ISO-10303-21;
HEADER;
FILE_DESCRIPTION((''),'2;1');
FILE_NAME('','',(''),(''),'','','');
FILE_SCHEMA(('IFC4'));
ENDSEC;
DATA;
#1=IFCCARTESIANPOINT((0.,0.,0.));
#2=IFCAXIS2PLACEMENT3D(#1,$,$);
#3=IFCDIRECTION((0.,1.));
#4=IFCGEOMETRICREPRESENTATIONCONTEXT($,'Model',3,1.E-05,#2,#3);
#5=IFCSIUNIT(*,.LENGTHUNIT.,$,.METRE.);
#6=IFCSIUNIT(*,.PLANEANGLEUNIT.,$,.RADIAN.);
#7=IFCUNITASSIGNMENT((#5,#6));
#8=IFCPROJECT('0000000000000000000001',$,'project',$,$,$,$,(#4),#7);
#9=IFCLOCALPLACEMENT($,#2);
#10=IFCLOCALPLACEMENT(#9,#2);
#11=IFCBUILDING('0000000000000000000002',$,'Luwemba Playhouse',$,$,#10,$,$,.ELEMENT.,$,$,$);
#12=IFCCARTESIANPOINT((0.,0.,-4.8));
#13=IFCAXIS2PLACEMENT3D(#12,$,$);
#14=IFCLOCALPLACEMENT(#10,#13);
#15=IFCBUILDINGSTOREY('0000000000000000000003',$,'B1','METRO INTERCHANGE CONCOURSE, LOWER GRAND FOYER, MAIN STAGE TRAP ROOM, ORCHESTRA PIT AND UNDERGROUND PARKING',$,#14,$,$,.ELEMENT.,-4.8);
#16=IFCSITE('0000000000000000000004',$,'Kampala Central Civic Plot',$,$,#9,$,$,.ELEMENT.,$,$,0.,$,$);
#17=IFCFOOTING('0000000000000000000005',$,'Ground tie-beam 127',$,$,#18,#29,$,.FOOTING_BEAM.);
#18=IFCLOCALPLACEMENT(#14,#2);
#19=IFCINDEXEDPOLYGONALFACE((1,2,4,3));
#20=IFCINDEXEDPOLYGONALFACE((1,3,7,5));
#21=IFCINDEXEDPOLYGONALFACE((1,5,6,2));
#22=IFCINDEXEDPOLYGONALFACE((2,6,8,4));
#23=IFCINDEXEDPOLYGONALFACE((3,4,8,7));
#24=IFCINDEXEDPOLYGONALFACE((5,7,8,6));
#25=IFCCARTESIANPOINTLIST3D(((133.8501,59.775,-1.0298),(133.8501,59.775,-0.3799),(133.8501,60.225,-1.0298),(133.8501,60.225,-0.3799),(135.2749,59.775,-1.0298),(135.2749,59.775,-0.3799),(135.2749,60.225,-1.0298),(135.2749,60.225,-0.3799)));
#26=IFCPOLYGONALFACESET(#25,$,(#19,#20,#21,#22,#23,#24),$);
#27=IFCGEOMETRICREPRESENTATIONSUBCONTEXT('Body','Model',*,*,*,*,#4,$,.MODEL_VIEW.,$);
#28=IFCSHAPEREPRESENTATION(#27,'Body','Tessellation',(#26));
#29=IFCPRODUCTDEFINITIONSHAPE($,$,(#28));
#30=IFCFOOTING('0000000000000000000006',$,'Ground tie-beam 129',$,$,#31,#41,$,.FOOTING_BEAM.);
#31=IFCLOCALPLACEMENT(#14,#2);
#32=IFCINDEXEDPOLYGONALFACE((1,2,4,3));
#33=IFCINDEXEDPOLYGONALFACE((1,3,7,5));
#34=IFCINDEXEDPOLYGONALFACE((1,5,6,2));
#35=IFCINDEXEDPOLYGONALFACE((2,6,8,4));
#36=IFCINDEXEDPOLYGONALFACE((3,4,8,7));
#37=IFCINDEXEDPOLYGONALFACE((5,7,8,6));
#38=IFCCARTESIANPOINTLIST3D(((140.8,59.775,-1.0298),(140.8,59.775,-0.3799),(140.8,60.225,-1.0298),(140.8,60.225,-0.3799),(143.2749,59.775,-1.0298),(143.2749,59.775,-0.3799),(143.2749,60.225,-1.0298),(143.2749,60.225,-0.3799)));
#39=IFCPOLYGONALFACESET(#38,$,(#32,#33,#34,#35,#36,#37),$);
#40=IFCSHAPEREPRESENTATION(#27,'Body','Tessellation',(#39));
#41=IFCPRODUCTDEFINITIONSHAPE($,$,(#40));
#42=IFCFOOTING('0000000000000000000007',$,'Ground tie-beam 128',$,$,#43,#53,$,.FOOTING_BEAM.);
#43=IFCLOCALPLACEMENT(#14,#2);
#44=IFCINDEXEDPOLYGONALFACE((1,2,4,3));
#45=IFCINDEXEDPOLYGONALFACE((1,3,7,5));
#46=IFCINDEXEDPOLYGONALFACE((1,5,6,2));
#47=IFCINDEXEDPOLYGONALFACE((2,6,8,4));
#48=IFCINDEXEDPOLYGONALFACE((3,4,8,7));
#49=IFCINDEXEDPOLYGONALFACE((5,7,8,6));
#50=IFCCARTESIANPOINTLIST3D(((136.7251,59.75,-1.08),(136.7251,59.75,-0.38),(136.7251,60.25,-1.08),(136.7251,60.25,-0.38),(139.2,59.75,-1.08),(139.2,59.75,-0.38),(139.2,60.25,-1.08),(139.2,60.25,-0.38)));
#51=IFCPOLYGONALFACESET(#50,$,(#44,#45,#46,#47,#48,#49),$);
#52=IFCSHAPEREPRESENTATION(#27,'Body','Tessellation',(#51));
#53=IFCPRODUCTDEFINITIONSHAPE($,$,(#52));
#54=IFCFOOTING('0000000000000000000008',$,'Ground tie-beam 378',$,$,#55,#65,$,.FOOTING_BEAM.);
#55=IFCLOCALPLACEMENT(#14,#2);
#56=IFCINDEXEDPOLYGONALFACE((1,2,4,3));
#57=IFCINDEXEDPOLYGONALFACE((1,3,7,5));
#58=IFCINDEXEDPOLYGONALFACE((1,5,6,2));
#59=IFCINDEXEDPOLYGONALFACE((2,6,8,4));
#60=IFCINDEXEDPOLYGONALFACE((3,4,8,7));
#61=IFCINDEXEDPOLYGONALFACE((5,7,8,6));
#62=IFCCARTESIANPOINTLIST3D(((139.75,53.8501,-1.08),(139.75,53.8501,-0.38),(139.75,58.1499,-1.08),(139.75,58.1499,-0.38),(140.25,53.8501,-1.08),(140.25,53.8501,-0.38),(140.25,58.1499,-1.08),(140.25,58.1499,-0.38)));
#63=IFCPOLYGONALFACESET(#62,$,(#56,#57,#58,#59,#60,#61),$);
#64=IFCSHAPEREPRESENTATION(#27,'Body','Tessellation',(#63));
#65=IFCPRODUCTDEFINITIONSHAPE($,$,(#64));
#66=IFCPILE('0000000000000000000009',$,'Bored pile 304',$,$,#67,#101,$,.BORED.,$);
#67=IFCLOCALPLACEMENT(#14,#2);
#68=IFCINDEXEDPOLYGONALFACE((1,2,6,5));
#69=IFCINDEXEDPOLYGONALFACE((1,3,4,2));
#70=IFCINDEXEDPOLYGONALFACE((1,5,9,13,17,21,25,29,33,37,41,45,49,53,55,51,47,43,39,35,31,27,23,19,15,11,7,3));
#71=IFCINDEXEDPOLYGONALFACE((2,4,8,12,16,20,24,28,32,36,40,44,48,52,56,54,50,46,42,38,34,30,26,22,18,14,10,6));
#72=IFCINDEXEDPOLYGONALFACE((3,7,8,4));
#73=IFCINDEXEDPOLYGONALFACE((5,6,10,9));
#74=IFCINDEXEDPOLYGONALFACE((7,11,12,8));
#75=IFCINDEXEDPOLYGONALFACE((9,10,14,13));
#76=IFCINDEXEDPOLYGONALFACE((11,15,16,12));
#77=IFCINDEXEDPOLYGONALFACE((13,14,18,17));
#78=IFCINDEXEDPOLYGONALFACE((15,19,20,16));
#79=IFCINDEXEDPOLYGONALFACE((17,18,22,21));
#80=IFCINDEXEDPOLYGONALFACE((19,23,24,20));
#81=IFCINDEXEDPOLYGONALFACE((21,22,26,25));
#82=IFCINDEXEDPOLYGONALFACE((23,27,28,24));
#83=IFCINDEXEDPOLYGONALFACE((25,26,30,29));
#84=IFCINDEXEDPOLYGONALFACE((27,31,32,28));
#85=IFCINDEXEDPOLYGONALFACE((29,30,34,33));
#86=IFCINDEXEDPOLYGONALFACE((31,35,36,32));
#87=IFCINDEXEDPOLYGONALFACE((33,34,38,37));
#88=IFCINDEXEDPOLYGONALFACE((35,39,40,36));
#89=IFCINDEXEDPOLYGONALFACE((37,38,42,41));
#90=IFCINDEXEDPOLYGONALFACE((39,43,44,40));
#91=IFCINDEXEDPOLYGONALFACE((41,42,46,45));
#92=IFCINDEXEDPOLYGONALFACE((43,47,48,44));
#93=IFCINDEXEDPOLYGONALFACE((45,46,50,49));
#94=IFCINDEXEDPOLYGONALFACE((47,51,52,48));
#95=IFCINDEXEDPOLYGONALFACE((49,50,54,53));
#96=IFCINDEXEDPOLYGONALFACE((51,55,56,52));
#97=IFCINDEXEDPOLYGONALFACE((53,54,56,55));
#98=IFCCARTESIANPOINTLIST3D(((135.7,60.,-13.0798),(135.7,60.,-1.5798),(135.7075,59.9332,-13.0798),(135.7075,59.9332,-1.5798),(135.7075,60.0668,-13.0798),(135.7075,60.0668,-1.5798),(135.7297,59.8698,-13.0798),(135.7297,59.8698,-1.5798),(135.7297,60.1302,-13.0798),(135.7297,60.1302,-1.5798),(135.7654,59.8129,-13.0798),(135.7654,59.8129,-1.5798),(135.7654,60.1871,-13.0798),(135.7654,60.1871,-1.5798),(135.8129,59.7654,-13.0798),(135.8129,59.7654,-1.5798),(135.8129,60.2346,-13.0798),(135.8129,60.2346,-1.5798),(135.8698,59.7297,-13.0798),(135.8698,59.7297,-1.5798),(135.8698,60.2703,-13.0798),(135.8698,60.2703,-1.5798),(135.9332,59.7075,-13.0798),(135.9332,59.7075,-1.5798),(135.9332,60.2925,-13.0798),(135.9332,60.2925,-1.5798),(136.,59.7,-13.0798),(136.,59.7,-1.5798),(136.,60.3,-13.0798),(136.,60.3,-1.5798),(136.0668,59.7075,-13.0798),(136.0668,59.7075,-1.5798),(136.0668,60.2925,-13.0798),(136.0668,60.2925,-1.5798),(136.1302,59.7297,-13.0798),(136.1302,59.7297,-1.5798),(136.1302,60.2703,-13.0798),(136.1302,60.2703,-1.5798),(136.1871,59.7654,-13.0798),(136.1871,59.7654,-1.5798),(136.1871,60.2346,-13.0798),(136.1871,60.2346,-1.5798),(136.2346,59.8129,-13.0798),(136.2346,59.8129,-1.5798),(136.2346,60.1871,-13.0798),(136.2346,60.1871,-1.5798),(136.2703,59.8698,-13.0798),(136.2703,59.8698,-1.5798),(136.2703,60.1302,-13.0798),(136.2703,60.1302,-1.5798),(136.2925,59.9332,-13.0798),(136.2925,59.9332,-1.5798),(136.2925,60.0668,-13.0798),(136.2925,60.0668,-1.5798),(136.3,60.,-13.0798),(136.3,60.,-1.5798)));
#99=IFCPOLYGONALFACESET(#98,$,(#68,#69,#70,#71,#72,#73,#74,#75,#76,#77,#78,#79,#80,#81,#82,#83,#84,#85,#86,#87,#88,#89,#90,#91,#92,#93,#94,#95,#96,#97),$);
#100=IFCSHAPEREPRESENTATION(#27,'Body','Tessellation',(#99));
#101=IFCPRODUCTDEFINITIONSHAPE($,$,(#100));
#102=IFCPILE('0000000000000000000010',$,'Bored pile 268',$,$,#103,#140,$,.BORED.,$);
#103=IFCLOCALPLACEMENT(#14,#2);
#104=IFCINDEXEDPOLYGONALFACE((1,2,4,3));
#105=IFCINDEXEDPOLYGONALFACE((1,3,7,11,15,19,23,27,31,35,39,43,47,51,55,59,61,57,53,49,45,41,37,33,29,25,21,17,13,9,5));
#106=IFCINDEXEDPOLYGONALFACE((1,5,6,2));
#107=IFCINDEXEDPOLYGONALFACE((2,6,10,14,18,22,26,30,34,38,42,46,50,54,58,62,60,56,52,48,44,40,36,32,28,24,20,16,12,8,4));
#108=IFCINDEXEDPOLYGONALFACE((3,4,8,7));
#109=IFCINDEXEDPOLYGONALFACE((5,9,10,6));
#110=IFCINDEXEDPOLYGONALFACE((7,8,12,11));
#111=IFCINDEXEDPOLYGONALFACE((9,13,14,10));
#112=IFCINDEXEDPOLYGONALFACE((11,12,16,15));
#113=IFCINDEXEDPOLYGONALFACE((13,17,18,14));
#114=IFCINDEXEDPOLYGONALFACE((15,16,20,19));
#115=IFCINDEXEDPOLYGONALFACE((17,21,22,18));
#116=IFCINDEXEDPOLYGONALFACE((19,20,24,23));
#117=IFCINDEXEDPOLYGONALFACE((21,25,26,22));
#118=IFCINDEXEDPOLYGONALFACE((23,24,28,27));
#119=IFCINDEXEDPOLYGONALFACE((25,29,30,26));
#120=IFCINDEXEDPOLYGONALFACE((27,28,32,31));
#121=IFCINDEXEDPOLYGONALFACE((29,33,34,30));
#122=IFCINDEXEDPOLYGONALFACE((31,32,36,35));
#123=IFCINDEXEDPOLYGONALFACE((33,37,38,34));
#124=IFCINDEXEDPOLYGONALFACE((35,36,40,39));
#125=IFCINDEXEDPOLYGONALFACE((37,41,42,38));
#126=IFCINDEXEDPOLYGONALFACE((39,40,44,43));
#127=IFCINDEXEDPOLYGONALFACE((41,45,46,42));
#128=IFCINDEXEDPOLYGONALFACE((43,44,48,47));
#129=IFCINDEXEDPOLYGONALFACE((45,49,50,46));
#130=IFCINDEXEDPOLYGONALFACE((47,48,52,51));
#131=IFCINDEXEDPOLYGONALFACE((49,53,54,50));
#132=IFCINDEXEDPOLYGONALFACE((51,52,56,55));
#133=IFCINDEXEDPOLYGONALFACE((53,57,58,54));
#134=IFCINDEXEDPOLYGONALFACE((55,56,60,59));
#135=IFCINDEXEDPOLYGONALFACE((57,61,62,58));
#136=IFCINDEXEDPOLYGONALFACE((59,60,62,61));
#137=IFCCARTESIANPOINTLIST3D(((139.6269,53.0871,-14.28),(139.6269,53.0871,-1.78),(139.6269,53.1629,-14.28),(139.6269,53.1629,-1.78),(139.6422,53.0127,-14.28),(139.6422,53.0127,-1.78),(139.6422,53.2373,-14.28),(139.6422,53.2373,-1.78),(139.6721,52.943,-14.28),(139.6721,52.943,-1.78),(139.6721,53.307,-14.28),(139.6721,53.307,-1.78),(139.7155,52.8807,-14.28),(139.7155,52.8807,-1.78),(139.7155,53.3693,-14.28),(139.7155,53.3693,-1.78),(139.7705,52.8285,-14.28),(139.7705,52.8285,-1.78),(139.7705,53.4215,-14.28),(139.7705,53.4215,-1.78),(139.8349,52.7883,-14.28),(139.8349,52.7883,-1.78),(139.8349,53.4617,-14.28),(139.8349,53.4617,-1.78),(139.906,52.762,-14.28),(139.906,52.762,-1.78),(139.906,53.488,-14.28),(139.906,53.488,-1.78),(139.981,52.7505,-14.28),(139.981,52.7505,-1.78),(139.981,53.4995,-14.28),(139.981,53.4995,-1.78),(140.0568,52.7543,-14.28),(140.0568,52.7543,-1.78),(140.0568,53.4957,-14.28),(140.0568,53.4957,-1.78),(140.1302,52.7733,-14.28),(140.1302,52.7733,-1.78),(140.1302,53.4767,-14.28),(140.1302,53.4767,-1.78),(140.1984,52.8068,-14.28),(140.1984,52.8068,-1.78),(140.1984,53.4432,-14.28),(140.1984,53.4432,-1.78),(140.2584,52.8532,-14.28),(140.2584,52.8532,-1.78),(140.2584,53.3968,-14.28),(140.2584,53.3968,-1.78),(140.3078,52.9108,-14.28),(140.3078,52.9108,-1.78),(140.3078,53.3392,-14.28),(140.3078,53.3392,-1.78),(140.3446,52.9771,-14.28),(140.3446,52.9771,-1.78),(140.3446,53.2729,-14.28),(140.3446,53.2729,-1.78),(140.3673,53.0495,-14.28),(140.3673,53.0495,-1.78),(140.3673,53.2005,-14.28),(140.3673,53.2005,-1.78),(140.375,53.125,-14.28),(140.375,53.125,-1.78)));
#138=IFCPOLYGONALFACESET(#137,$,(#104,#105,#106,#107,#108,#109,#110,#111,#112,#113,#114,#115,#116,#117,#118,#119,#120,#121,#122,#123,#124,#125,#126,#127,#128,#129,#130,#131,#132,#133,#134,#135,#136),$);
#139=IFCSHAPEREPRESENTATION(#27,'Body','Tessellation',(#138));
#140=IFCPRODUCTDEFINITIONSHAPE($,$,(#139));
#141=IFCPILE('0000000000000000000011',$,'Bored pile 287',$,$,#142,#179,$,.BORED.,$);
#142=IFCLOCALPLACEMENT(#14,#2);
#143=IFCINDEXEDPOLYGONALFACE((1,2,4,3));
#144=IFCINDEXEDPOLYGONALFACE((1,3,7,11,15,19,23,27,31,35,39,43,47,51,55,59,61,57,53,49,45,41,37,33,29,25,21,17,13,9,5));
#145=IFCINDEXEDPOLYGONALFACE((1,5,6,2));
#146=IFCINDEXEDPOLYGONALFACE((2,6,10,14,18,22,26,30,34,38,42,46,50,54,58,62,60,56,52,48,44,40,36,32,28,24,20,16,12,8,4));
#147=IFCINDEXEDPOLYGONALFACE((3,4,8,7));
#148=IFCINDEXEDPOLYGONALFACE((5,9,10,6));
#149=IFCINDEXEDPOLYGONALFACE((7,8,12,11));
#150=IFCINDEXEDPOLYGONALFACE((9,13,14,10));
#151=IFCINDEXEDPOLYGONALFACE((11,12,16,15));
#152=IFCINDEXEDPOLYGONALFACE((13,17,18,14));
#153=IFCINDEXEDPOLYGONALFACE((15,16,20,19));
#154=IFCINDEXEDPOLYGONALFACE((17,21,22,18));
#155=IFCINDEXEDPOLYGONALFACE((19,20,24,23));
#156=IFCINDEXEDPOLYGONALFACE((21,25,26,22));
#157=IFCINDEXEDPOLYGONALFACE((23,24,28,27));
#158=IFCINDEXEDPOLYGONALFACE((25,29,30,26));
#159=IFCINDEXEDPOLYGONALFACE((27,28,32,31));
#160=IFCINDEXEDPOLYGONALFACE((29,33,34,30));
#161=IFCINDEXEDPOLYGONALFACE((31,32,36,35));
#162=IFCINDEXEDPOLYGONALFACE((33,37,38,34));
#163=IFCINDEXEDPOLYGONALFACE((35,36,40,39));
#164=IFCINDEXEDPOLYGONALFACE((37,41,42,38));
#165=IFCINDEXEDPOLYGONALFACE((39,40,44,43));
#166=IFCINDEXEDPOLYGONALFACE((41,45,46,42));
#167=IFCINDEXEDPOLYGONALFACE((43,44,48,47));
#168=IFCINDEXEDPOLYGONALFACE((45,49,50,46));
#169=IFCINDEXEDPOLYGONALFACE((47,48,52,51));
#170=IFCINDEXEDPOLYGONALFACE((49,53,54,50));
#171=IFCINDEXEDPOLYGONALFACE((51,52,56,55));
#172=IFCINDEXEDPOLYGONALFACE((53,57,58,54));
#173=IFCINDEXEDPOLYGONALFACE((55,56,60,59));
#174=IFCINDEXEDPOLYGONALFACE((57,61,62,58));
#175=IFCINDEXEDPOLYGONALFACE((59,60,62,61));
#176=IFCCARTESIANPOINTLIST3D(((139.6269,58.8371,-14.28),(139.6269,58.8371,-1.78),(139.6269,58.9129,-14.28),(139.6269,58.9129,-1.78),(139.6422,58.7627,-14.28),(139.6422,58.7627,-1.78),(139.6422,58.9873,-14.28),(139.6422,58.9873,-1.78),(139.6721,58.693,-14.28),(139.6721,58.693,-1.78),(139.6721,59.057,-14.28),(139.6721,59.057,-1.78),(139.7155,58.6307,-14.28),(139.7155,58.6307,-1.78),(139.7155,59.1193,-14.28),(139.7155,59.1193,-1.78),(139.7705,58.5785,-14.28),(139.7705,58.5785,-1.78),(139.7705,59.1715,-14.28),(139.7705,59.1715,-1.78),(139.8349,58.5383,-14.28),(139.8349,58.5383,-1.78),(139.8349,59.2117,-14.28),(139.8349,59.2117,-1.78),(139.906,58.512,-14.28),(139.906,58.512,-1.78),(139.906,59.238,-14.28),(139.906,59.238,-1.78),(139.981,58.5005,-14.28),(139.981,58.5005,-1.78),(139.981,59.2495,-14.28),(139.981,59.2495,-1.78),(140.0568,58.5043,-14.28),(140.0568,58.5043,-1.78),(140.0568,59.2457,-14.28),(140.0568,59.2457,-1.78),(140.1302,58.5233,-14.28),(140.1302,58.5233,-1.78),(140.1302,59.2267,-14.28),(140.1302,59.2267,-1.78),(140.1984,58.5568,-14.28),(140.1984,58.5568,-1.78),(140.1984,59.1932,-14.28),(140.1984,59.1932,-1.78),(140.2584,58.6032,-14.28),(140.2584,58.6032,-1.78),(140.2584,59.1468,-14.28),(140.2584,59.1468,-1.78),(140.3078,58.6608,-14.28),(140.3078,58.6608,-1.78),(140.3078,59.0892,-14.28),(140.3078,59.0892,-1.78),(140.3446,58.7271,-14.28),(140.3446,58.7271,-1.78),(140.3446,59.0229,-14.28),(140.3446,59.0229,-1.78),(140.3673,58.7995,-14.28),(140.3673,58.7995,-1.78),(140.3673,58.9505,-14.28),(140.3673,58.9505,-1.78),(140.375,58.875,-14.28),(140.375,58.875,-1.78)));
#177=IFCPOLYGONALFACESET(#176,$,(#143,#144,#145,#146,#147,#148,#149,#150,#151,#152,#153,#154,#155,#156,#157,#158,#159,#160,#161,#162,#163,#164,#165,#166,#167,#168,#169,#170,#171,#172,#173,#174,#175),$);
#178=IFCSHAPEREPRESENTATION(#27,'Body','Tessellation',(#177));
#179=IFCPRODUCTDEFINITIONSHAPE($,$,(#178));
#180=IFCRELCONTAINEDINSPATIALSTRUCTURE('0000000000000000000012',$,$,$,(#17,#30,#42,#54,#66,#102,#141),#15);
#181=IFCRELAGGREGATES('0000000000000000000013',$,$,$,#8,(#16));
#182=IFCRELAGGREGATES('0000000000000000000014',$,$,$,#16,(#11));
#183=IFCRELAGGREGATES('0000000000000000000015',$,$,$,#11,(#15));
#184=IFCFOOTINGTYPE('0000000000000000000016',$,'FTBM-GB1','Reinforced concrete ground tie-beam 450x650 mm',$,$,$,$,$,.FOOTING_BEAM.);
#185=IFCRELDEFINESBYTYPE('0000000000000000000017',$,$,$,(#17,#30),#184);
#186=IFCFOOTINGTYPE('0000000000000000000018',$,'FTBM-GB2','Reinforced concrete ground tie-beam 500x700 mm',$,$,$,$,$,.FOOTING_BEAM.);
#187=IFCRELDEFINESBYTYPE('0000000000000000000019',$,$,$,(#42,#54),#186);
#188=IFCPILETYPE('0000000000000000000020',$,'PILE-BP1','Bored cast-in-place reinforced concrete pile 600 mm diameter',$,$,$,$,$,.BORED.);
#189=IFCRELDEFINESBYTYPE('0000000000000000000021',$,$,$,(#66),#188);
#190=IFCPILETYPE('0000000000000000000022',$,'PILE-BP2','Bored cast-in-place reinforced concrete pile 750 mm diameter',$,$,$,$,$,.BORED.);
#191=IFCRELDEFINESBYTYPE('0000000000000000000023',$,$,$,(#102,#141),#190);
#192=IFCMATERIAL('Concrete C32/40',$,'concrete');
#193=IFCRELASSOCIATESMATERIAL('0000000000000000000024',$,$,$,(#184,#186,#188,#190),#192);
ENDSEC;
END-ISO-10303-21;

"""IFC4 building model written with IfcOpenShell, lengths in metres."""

from ifc_helpers import new_model, si_unit, direction, frame, origin, origin_2d, place, context, subcontext, project, spatial, rectangle, circle, extrude, material, material_profile, profile_set, type_object, element, save


model = new_model("IFC4")

# Units and contexts
model_context = context("Model", 3, precision=1e-05, world=origin(), true_north=direction((0.0, 1.0)))
body_context = subcontext(model_context, "Body", "Model", "MODEL_VIEW")
ifc_project = project(units=[si_unit("LENGTHUNIT", "METRE"), si_unit("PLANEANGLEUNIT", "RADIAN")], contexts=[model_context])

# Site, building, storey
site_placement = place(None, origin())
site = spatial("IfcSite", under=ifc_project, at=site_placement, Name="Kampala Central Civic Plot", CompositionType="ELEMENT", RefElevation=0.0)
building_placement = place(site_placement, origin())
building = spatial("IfcBuilding", under=site, at=building_placement, Name="Luwemba Playhouse", CompositionType="ELEMENT")
storey_placement = place(building_placement, frame((0.0, 0.0, -4.8)))
storey = spatial("IfcBuildingStorey", under=building, at=storey_placement, Name="B1", Description="METRO INTERCHANGE CONCOURSE, LOWER GRAND FOYER, MAIN STAGE TRAP ROOM, ORCHESTRA PIT AND UNDERGROUND PARKING", CompositionType="ELEMENT", Elevation=-4.8)

# Footings
ifc_material_1 = material(Name="Concrete C32/40", Category="concrete")
ifc_material_profile_1 = material_profile(ifc_material_1, rectangle(XDim=0.45, YDim=0.6499, at=origin_2d()))
ifc_profile_set_1 = profile_set([ifc_material_profile_1], Name="Concrete C32/40")
footing_type_1 = type_object("IfcFootingType", Name="FTBM-GB1", Description="Reinforced concrete ground tie-beam 450x650 mm", PredefinedType="FOOTING_BEAM", material=ifc_profile_set_1)
footing_1_placement = place(storey_placement, frame((133.8501, 60.0, -0.7048), z_axis=(1.0, 0.0, 0.0), x_axis=(0.0, 1.0, 0.0)))
element("IfcFooting", 1, at=footing_1_placement, inside=storey, type_object=footing_type_1, Name="Ground tie-beam 127", PredefinedType="FOOTING_BEAM", context=body_context, shape_type="SweptSolid", body=[
    extrude(rectangle(XDim=0.45, YDim=0.6499, at=origin_2d()), origin(), (0.0, 0.0, 1.0), 1.4248),
])
footing_2_placement = place(storey_placement, frame((140.8, 60.0, -0.7048), z_axis=(1.0, 0.0, 0.0), x_axis=(0.0, 1.0, 0.0)))
element("IfcFooting", 2, at=footing_2_placement, inside=storey, type_object=footing_type_1, Name="Ground tie-beam 129", PredefinedType="FOOTING_BEAM", context=body_context, shape_type="SweptSolid", body=[
    extrude(rectangle(XDim=0.45, YDim=0.6499, at=origin_2d()), origin(), (0.0, 0.0, 1.0), 2.4749),
])
ifc_material_profile_2 = material_profile(ifc_material_1, rectangle(XDim=0.5, YDim=0.7, at=origin_2d()))
ifc_profile_set_2 = profile_set([ifc_material_profile_2], Name="Concrete C32/40")
footing_type_2 = type_object("IfcFootingType", Name="FTBM-GB2", Description="Reinforced concrete ground tie-beam 500x700 mm", PredefinedType="FOOTING_BEAM", material=ifc_profile_set_2)
footing_3_placement = place(storey_placement, frame((136.7251, 60.0, -0.73), z_axis=(1.0, 0.0, 0.0), x_axis=(0.0, 1.0, 0.0)))
element("IfcFooting", 3, at=footing_3_placement, inside=storey, type_object=footing_type_2, Name="Ground tie-beam 128", PredefinedType="FOOTING_BEAM", context=body_context, shape_type="SweptSolid", body=[
    extrude(rectangle(XDim=0.5, YDim=0.7, at=origin_2d()), origin(), (0.0, 0.0, 1.0), 2.4749),
])
footing_4_placement = place(storey_placement, frame((140.0, 53.8501, -0.73), z_axis=(0.0, 1.0, 0.0), x_axis=(-1.0, 0.0, 0.0)))
element("IfcFooting", 4, at=footing_4_placement, inside=storey, type_object=footing_type_2, Name="Ground tie-beam 378", PredefinedType="FOOTING_BEAM", context=body_context, shape_type="SweptSolid", body=[
    extrude(rectangle(XDim=0.5, YDim=0.7, at=origin_2d()), origin(), (0.0, 0.0, 1.0), 4.2998),
])

# Piles
ifc_material_profile_3 = material_profile(ifc_material_1, circle(Radius=0.3, at=origin_2d()))
ifc_profile_set_3 = profile_set([ifc_material_profile_3], Name="Concrete C32/40")
pile_type_1 = type_object("IfcPileType", Name="PILE-BP1", Description="Bored cast-in-place reinforced concrete pile 600 mm diameter", PredefinedType="BORED", material=ifc_profile_set_3)
pile_placement = place(storey_placement, frame((136.0, 60.0, -1.5798), z_axis=(0.0, 0.0, -1.0), x_axis=(1.0, 0.0, 0.0)))
element("IfcPile", 5, at=pile_placement, inside=storey, type_object=pile_type_1, Name="Bored pile 304", PredefinedType="BORED", context=body_context, shape_type="SweptSolid", body=[
    extrude(circle(Radius=0.3, at=origin_2d()), origin(), (0.0, 0.0, 1.0), 11.5),
])
ifc_material_profile_4 = material_profile(ifc_material_1, circle(Radius=0.375, at=origin_2d()))
ifc_profile_set_4 = profile_set([ifc_material_profile_4], Name="Concrete C32/40")
pile_type_2 = type_object("IfcPileType", Name="PILE-BP2", Description="Bored cast-in-place reinforced concrete pile 750 mm diameter", PredefinedType="BORED", material=ifc_profile_set_4)
for number, where, z_axis, x_axis, name in (
    (6, (140.0, 53.125, -1.78), (0.0, 0.0, -1.0), (1.0, 0.0, 0.0), "Bored pile 268"),
    (7, (140.0, 58.875, -1.78), (0.0, 0.0, -1.0), (1.0, 0.0, 0.0), "Bored pile 287"),
):
    element("IfcPile", number, at=place(storey_placement, frame(where, z_axis=z_axis, x_axis=x_axis)), inside=storey, type_object=pile_type_2, Name=name, PredefinedType="BORED", context=body_context, shape_type="SweptSolid", body=[
        extrude(circle(Radius=0.375, at=origin_2d()), origin(), (0.0, 0.0, 1.0), 12.5),
    ])

save(model, "model.ifc")
